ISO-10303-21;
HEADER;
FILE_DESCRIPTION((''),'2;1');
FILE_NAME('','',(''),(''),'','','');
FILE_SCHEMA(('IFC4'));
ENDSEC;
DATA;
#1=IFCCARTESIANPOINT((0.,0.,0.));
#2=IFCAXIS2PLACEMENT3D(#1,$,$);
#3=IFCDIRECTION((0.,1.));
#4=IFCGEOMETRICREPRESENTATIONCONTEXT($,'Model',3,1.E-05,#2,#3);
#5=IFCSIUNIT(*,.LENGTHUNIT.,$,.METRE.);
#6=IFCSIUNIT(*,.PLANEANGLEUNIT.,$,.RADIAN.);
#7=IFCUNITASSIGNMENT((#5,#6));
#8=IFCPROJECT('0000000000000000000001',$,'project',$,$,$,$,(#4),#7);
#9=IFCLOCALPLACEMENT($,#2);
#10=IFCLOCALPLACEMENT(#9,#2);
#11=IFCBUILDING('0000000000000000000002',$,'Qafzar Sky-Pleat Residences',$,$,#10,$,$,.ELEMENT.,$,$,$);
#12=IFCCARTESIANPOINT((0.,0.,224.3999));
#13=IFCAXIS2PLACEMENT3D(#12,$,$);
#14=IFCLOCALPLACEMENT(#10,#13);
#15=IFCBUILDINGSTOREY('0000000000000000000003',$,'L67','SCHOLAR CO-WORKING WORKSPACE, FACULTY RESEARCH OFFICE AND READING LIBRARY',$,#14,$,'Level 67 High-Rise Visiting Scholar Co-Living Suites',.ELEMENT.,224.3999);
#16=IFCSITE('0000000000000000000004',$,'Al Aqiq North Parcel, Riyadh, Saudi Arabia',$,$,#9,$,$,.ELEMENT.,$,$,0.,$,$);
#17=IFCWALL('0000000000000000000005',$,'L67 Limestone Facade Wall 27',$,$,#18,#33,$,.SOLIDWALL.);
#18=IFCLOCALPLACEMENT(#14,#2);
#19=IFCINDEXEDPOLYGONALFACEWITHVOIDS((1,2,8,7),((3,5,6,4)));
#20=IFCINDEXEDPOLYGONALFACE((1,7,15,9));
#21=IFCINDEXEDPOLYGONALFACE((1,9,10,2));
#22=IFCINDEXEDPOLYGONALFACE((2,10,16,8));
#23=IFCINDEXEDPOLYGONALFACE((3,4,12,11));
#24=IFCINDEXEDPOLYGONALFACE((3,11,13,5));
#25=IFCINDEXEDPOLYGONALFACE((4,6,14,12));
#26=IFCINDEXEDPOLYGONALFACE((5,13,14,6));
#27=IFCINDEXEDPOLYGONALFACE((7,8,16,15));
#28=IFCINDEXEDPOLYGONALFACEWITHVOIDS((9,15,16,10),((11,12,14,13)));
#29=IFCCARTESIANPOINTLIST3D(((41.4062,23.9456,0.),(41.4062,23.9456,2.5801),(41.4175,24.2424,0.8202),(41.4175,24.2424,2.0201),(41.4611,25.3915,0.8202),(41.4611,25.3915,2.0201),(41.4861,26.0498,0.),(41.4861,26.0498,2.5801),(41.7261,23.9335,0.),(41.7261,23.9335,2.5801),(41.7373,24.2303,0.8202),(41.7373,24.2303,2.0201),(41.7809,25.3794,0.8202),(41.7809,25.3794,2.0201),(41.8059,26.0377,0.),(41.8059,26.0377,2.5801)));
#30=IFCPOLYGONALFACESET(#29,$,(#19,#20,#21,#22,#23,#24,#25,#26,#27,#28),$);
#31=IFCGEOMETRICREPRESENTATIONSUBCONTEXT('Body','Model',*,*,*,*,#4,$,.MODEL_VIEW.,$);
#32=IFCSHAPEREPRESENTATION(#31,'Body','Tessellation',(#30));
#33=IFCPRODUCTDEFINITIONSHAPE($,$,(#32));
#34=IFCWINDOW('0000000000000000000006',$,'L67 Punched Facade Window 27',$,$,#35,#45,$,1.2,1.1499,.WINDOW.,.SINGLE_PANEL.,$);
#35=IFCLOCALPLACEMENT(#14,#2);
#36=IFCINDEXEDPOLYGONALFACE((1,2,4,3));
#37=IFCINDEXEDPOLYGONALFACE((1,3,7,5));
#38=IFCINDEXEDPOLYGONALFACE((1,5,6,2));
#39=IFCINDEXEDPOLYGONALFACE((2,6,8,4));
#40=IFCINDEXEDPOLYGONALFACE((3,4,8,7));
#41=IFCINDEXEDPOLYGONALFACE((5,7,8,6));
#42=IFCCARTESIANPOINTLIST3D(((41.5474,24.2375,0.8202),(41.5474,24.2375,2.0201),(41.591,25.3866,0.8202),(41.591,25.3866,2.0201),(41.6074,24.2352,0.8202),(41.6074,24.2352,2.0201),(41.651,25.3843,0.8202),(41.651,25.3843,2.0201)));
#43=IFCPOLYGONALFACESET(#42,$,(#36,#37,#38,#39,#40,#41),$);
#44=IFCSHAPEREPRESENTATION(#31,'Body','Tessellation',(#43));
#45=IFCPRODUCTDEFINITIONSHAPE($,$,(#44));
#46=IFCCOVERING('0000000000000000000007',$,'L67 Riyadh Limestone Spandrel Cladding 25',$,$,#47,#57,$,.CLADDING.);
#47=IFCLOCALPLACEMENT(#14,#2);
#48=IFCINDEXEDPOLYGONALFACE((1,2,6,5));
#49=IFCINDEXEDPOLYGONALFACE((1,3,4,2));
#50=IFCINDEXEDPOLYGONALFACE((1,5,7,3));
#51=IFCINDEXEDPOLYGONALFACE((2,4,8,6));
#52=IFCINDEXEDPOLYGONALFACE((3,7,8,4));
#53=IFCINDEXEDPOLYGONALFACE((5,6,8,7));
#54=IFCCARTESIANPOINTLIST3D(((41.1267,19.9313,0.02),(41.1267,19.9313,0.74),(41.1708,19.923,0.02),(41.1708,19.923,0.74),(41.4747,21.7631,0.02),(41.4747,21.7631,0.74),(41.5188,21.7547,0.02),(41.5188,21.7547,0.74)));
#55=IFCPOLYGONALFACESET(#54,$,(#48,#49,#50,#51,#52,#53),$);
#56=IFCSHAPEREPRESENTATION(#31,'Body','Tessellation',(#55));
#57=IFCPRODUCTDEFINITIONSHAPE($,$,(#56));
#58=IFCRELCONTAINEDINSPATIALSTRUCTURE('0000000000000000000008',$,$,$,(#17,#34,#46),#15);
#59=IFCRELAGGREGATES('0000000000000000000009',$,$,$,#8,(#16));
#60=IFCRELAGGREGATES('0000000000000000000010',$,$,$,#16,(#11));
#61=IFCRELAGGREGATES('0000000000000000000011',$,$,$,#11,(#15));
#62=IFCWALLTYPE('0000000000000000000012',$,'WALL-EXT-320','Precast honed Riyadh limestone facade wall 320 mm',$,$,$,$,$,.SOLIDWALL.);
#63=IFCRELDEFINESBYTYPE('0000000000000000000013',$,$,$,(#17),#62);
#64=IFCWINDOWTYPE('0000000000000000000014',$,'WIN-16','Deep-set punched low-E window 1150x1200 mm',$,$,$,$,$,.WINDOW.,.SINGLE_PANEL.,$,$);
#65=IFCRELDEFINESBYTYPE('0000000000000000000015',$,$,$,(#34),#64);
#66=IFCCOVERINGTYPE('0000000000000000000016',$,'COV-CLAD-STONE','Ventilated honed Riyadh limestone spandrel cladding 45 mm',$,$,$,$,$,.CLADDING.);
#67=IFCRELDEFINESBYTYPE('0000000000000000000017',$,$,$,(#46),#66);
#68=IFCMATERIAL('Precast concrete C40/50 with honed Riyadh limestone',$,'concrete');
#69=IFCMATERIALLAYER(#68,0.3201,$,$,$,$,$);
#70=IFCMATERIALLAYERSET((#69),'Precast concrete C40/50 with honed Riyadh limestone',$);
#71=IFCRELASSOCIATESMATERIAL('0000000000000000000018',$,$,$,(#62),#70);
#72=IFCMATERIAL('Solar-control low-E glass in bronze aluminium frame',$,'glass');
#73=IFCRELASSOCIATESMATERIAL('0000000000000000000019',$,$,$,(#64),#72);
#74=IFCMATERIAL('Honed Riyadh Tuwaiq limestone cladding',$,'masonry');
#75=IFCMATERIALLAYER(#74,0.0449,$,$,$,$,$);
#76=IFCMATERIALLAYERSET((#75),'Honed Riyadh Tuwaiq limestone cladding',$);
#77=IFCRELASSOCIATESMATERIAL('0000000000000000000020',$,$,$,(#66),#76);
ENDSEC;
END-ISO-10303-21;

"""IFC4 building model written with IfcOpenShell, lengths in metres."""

from ifc_helpers import new_model, si_unit, direction, frame, frame_2d, origin, origin_2d, place, context, subcontext, project, spatial, rectangle, extrude, source, transform, mapped, material, layer, layer_set, type_object, element, fill, save


model = new_model("IFC4")

# Units and contexts
model_context = context("Model", 3, precision=1e-05, world=origin(), true_north=direction((0.0, 1.0)))
body_context = subcontext(model_context, "Body", "Model", "MODEL_VIEW")
ifc_project = project(units=[si_unit("LENGTHUNIT", "METRE"), si_unit("PLANEANGLEUNIT", "RADIAN")], contexts=[model_context])

# Site, building, storey
site_placement = place(None, origin())
site = spatial("IfcSite", under=ifc_project, at=site_placement, Name="Al Aqiq North Parcel, Riyadh, Saudi Arabia", CompositionType="ELEMENT", RefElevation=0.0)
building_placement = place(site_placement, origin())
building = spatial("IfcBuilding", under=site, at=building_placement, Name="Qafzar Sky-Pleat Residences", CompositionType="ELEMENT")
storey_placement = place(building_placement, frame((0.0, 0.0, 224.3999)))
storey = spatial("IfcBuildingStorey", under=building, at=storey_placement, Name="L67", Description="SCHOLAR CO-WORKING WORKSPACE, FACULTY RESEARCH OFFICE AND READING LIBRARY", LongName="Level 67 High-Rise Visiting Scholar Co-Living Suites", CompositionType="ELEMENT", Elevation=224.3999)

# Wall, opening, window
ifc_material_1 = material(Name="Precast concrete C40/50 with honed Riyadh limestone", Category="concrete")
ifc_layer_1 = layer(ifc_material_1, 0.3201)
ifc_layer_set_1 = layer_set([ifc_layer_1], Name="Precast concrete C40/50 with honed Riyadh limestone")
wall_type_1 = type_object("IfcWallType", Name="WALL-EXT-320", Description="Precast honed Riyadh limestone facade wall 320 mm", PredefinedType="SOLIDWALL", material=ifc_layer_set_1)
ifc_material_2 = material(Name="Solar-control low-E glass in bronze aluminium frame", Category="glass")
wall_1_placement = place(storey_placement, frame((41.5662, 23.9397, 0.0), z_axis=(0.0, 0.0, 1.0), x_axis=(0.037912, 0.999281, 0.0)))
wall_1 = element("IfcWall", 1, at=wall_1_placement, inside=storey, type_object=wall_type_1, Name="L67 Limestone Facade Wall 27", PredefinedType="SOLIDWALL", context=body_context, shape_type="SweptSolid", body=[
    extrude(rectangle(XDim=2.1057, YDim=0.3201, at=frame_2d((1.0527, 0.0))), origin(), (0.0, 0.0, 1.0), 2.5801),
])
opening_1_placement = place(wall_1_placement, frame((0.2969, 0.0, 0.8201)))
opening_1 = element("IfcOpeningElement", 2, at=opening_1_placement, cuts=wall_1, PredefinedType="OPENING", context=body_context, shape_type="SweptSolid", body=[
    extrude(rectangle(XDim=1.1499, YDim=1.2, at=frame_2d((0.575, 0.6001))), frame((0.0, 0.1699, 0.0), z_axis=(0.0, -1.0, 0.0), x_axis=(1.0, 0.0, 0.0)), (0.0, 0.0, 1.0), 0.3401),
])
window_type_1 = type_object("IfcWindowType", Name="WIN-16", Description="Deep-set punched low-E window 1150x1200 mm", PartitioningType="SINGLE_PANEL", PredefinedType="WINDOW", material=ifc_material_2)
shared_shape_1 = source(origin(), body_context, "Body", "SweptSolid", [
    extrude(rectangle(XDim=1.1499, YDim=1.2, at=frame_2d((0.575, 0.6001))), frame((0.0, 0.03, 0.0), z_axis=(0.0, -1.0, 0.0), x_axis=(1.0, 0.0, 0.0)), (0.0, 0.0, 1.0), 0.0601),
])
window_1_placement = place(opening_1_placement, origin())
window_1 = element("IfcWindow", 3, at=window_1_placement, inside=storey, type_object=window_type_1, Name="L67 Punched Facade Window 27", OverallHeight=1.2, OverallWidth=1.1499, PartitioningType="SINGLE_PANEL", PredefinedType="WINDOW", context=body_context, shape_type="MappedRepresentation", body=[
    mapped(shared_shape_1, transform((0.0, 0.0, 0.0), x_axis=(1.0, 0.0, 0.0), y_axis=(0.0, 1.0, 0.0), z_axis=(0.0, 0.0, 1.0), scale=1.0)),
])
fill(opening_1, window_1)

# Covering
ifc_material_3 = material(Name="Honed Riyadh Tuwaiq limestone cladding", Category="masonry")
ifc_layer_2 = layer(ifc_material_3, 0.0449)
ifc_layer_set_2 = layer_set([ifc_layer_2], Name="Honed Riyadh Tuwaiq limestone cladding")
covering_type = type_object("IfcCoveringType", Name="COV-CLAD-STONE", Description="Ventilated honed Riyadh limestone spandrel cladding 45 mm", PredefinedType="CLADDING", material=ifc_layer_set_2)
shared_shape_2 = source(origin(), body_context, "Body", "SweptSolid", [
    extrude(rectangle(XDim=1.8645, YDim=0.0449, at=origin_2d()), origin(), (0.0, 0.0, 1.0), 0.72),
])
covering_placement = place(storey_placement, frame((41.3228, 20.843, 0.02), z_axis=(0.0, 0.0, 1.0), x_axis=(0.186666, 0.982423, 0.0)))
element("IfcCovering", 4, at=covering_placement, inside=storey, type_object=covering_type, Name="L67 Riyadh Limestone Spandrel Cladding 25", PredefinedType="CLADDING", context=body_context, shape_type="MappedRepresentation", body=[
    mapped(shared_shape_2, transform((0.0, 0.0, 0.0), x_axis=(1.0, 0.0, 0.0), y_axis=(0.0, 1.0, 0.0), z_axis=(0.0, 0.0, 1.0), scale=1.0)),
])

save(model, "model.ifc")
